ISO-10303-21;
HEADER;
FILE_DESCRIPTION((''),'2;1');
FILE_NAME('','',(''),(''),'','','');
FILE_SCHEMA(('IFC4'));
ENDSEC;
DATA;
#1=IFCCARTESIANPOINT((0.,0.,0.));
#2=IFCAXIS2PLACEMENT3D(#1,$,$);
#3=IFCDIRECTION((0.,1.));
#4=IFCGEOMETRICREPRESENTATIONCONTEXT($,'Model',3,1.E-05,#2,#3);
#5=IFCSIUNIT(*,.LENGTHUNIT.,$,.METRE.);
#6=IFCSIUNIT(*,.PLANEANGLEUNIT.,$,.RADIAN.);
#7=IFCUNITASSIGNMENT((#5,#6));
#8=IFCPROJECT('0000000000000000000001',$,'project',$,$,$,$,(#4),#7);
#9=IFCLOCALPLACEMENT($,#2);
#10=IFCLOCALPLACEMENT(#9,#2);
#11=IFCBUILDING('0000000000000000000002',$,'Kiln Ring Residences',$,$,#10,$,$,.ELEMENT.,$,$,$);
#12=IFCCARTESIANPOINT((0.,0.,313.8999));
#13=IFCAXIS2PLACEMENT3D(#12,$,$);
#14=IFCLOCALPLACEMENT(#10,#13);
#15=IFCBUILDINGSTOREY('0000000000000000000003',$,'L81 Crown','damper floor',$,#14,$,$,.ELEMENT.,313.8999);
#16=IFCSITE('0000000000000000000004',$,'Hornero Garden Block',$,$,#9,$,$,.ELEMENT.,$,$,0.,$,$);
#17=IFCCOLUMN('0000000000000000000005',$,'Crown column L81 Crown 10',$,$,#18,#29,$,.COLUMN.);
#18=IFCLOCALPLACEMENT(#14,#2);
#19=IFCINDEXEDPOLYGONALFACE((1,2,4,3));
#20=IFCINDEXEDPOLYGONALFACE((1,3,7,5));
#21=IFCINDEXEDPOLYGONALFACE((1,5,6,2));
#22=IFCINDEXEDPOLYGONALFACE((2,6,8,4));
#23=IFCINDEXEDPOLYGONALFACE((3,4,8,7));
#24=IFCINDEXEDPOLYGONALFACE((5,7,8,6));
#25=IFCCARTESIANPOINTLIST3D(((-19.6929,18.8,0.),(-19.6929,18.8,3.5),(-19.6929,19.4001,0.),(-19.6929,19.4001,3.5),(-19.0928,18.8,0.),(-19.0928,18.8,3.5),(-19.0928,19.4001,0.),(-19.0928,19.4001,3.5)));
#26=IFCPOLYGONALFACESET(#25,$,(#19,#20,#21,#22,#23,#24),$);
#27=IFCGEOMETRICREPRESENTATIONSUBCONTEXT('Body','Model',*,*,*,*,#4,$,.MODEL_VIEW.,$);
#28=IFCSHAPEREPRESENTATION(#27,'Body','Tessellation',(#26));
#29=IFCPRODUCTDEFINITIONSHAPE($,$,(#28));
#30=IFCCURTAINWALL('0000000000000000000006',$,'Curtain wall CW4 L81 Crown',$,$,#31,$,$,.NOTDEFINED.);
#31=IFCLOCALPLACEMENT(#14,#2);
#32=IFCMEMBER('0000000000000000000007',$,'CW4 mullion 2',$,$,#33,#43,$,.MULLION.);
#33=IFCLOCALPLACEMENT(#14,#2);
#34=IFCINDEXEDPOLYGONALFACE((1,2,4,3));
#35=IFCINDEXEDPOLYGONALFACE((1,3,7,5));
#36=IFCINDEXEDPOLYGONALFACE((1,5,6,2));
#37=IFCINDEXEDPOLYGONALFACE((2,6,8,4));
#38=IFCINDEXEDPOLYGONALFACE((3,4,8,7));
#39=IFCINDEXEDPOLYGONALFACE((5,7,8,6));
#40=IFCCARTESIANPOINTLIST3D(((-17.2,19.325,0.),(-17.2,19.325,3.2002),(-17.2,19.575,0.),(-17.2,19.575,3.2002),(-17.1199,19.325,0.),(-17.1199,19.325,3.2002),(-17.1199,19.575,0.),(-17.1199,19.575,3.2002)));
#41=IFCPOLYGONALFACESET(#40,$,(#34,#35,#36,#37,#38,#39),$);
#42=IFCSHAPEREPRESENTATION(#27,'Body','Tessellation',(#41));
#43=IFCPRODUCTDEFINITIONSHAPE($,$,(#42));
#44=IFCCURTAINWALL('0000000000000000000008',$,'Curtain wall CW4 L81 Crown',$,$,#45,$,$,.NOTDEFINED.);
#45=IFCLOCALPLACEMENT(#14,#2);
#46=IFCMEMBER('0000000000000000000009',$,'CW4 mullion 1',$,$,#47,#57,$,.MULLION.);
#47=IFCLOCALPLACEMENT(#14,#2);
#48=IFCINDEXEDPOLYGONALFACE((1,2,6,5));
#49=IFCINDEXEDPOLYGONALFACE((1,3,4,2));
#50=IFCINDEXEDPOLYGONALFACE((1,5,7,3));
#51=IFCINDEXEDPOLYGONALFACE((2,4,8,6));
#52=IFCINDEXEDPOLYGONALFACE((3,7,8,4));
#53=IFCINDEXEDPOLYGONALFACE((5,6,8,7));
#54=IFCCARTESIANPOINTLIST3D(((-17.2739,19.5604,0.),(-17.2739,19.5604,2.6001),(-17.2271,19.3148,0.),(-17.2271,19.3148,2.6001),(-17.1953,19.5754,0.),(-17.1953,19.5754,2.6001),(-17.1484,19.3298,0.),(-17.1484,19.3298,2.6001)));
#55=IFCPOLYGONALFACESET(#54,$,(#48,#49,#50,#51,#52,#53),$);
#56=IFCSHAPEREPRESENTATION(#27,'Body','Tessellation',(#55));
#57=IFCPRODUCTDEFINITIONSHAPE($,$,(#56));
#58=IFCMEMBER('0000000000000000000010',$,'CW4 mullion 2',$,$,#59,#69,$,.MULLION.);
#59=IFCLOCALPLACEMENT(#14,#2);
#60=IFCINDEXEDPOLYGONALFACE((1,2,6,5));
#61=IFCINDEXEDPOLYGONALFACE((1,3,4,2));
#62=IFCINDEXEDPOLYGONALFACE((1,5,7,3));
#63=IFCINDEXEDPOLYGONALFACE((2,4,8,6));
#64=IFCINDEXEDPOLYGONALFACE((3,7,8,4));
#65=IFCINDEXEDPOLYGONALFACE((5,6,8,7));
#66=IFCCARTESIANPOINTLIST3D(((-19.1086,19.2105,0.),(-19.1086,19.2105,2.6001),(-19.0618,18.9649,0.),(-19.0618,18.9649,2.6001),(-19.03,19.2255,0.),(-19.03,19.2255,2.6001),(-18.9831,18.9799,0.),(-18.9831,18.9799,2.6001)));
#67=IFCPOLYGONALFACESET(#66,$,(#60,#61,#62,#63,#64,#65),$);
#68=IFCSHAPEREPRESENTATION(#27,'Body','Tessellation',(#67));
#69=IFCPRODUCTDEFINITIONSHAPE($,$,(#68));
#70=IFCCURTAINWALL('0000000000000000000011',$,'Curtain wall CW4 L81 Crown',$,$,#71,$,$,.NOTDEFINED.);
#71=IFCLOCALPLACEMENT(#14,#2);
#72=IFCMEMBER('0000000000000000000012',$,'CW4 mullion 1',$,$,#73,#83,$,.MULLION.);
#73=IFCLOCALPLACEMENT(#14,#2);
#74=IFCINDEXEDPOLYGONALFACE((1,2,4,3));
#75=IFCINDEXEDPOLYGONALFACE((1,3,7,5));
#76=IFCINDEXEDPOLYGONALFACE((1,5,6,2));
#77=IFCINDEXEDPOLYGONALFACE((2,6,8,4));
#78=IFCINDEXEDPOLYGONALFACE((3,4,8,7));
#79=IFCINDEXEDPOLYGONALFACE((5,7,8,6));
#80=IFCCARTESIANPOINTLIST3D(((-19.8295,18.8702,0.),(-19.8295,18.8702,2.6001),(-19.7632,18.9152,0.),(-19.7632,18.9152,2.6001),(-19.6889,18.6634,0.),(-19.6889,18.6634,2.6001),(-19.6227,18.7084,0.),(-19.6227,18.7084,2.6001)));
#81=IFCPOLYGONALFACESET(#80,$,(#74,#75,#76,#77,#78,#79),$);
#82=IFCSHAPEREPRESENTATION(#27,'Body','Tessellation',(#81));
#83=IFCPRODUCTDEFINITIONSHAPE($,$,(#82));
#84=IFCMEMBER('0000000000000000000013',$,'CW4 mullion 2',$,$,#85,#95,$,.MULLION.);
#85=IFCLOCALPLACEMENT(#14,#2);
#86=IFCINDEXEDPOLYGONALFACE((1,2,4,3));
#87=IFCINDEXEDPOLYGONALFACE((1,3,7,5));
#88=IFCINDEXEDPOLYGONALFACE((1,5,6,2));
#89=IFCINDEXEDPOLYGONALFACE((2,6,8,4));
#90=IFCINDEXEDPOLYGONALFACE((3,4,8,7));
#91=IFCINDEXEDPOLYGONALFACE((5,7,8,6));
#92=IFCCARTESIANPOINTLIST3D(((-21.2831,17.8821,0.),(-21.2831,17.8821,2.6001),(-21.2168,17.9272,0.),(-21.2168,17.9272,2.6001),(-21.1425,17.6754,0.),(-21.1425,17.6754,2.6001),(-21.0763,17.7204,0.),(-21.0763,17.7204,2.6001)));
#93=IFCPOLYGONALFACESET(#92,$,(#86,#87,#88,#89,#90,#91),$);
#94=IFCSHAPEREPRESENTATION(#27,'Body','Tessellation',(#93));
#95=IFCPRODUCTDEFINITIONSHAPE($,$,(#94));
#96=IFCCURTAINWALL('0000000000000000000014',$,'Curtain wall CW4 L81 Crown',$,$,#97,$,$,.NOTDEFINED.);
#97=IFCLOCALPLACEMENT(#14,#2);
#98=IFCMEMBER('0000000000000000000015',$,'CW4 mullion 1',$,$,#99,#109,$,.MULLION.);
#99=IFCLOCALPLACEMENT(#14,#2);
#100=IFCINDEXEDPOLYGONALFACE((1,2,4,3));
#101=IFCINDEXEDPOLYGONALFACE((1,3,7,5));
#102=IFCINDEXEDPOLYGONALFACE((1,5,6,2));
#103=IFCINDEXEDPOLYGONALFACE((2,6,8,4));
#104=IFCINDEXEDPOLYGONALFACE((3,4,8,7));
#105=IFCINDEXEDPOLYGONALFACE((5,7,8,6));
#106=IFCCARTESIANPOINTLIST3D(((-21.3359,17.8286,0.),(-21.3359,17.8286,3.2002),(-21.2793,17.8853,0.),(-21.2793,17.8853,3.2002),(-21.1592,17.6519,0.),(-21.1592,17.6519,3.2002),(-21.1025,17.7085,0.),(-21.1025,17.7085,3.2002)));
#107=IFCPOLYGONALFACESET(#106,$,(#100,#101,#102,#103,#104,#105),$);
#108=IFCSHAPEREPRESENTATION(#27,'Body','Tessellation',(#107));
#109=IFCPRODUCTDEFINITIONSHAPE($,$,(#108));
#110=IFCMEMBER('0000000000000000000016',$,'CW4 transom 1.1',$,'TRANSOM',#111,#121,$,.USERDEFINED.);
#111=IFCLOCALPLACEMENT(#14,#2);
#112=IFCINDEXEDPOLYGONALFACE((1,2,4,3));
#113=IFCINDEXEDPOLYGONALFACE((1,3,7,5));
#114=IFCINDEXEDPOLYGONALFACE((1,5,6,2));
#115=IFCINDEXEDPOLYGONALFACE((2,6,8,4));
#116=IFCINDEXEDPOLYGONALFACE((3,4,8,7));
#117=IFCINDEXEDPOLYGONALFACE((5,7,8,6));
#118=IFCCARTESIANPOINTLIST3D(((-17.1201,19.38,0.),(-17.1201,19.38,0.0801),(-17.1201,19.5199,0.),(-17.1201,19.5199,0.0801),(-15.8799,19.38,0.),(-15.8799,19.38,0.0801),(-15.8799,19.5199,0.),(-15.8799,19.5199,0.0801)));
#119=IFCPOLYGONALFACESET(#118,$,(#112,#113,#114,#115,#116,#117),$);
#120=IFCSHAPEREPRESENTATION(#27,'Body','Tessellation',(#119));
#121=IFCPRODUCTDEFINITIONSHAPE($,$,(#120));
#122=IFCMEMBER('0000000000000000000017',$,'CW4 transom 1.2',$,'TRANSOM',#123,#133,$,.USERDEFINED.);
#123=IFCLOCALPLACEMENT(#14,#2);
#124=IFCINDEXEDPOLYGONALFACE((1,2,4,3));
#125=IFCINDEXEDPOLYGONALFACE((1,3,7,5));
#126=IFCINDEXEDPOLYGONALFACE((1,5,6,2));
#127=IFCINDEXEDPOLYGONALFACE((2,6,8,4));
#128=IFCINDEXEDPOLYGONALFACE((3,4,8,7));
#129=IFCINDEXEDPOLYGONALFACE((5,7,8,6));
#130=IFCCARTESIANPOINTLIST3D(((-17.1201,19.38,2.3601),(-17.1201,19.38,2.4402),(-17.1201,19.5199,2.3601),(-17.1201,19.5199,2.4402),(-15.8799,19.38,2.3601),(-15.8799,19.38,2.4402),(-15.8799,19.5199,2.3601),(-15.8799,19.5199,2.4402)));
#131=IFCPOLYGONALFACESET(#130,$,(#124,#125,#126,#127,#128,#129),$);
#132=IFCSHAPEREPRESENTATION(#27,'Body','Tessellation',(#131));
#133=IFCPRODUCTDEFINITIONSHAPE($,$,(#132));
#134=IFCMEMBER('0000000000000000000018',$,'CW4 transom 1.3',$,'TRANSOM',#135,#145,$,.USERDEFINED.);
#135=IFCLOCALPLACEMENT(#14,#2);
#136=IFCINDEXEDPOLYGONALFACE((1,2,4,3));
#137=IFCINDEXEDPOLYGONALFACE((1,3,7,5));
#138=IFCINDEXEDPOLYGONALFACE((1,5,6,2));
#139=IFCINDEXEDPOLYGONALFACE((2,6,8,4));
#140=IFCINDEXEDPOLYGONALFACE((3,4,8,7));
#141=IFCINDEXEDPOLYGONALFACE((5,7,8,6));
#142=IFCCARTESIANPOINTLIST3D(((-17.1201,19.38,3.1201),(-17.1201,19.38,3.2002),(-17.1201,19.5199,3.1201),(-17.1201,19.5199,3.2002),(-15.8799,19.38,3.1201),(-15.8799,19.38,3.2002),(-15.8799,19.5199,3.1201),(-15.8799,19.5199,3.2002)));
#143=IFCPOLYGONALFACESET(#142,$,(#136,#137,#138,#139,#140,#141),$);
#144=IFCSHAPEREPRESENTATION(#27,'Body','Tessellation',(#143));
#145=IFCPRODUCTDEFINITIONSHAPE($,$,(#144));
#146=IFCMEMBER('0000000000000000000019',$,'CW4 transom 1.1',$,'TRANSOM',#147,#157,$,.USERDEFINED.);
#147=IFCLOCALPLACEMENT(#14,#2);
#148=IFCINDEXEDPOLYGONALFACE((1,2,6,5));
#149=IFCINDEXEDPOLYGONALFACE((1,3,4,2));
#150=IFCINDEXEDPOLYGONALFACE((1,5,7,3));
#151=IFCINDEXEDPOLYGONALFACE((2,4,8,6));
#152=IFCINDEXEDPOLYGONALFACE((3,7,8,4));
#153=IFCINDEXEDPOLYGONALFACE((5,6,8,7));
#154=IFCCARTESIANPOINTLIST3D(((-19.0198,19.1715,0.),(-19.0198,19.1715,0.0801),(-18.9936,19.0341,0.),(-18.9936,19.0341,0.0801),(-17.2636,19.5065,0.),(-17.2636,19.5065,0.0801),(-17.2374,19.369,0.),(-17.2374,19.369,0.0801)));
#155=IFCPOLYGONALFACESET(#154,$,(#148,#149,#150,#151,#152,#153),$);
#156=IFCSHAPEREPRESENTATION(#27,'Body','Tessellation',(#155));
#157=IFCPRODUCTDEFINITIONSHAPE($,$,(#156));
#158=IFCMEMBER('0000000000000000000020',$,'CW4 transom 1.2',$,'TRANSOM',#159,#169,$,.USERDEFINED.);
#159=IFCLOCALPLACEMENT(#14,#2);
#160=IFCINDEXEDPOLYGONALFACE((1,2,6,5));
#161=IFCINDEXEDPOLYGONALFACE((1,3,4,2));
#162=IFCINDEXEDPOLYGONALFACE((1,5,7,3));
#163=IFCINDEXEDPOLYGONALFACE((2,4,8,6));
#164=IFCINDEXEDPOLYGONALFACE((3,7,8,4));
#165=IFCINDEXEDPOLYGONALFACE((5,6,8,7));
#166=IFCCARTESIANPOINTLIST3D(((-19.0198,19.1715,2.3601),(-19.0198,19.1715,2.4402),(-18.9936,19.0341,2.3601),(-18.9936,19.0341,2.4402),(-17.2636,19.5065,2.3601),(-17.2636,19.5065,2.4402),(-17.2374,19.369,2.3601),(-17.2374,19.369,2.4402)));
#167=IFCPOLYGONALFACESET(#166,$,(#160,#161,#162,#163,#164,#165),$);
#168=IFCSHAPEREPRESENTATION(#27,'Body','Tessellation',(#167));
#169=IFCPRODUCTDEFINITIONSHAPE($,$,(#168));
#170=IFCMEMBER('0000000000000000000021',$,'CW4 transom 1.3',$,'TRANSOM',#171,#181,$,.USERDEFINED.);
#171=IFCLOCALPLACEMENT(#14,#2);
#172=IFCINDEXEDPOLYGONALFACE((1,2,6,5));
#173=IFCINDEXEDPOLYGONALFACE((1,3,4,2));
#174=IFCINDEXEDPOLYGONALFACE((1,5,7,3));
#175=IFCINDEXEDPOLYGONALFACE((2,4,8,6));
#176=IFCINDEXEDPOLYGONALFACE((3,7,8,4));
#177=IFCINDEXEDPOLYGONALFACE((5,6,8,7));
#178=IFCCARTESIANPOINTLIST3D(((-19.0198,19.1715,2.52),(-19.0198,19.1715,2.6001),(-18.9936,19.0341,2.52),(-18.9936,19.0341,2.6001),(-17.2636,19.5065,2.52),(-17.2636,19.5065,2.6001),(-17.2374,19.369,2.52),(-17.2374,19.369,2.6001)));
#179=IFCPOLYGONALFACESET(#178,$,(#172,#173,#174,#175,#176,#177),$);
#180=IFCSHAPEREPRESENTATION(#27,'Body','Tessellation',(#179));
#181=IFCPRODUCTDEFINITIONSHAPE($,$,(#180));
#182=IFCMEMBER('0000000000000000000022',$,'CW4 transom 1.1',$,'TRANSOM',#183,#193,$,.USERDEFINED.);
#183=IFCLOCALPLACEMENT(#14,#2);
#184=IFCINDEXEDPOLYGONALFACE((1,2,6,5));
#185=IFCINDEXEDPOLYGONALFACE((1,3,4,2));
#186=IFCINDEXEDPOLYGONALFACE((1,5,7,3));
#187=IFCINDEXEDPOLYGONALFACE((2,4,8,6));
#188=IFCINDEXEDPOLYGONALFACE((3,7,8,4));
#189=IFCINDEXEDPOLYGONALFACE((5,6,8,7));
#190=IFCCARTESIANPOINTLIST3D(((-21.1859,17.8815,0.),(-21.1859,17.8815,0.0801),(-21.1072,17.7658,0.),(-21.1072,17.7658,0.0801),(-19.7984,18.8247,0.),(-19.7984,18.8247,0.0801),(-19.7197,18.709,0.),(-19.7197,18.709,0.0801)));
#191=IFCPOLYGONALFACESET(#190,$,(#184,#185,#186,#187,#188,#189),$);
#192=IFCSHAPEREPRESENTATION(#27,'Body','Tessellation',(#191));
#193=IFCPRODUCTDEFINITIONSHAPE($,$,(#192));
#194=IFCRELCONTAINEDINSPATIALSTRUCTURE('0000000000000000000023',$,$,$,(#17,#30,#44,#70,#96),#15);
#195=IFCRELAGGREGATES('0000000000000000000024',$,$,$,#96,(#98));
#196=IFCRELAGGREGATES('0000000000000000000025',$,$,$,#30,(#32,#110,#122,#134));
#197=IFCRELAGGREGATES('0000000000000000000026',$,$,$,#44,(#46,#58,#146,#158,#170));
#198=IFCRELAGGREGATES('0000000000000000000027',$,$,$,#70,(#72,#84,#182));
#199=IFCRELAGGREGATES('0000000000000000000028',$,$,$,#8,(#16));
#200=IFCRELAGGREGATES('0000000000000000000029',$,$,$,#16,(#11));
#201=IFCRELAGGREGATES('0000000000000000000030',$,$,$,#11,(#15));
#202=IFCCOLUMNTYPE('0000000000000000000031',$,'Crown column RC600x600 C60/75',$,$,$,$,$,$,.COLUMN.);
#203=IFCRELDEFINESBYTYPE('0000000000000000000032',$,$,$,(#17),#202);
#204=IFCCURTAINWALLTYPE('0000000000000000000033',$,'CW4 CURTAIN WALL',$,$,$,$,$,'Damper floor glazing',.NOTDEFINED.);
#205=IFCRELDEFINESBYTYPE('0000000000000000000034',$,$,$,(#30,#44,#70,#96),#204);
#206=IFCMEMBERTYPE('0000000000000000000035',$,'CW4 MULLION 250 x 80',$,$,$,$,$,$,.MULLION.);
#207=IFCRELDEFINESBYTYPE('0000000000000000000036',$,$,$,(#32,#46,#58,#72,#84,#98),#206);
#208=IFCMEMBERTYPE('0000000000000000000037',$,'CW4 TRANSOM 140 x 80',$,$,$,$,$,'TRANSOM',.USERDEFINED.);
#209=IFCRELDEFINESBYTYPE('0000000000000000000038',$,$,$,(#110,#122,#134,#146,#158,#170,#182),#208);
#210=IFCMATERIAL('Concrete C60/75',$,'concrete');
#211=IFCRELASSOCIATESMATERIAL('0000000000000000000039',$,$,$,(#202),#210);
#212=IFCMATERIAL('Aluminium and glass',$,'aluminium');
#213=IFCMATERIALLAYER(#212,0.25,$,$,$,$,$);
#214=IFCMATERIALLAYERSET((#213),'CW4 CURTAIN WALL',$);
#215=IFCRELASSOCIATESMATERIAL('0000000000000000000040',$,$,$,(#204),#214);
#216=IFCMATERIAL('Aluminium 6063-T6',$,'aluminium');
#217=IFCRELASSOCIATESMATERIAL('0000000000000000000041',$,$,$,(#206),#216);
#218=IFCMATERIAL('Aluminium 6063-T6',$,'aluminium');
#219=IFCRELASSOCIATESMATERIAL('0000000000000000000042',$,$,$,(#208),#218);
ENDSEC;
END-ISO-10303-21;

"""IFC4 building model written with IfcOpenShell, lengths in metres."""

from ifc_helpers import new_model, si_unit, direction, frame, origin, origin_2d, place, context, subcontext, project, spatial, rectangle, extrude, material, layer, layer_set, material_profile, profile_set, type_object, element, aggregate, save


model = new_model("IFC4")

# Units and contexts
model_context = context("Model", 3, precision=1e-05, world=origin(), true_north=direction((0.0, 1.0)))
body_context = subcontext(model_context, "Body", "Model", "MODEL_VIEW")
ifc_project = project(units=[si_unit("LENGTHUNIT", "METRE"), si_unit("PLANEANGLEUNIT", "RADIAN")], contexts=[model_context])

# Site, building, storey
site_placement = place(None, origin())
site = spatial("IfcSite", under=ifc_project, at=site_placement, Name="Hornero Garden Block", CompositionType="ELEMENT", RefElevation=0.0)
building_placement = place(site_placement, origin())
building = spatial("IfcBuilding", under=site, at=building_placement, Name="Kiln Ring Residences", CompositionType="ELEMENT")
storey_placement = place(building_placement, frame((0.0, 0.0, 313.8999)))
storey = spatial("IfcBuildingStorey", under=building, at=storey_placement, Name="L81 Crown", Description="damper floor", CompositionType="ELEMENT", Elevation=313.8999)

# Column
ifc_material_1 = material(Name="Concrete C60/75", Category="concrete")
ifc_material_profile_1 = material_profile(ifc_material_1, rectangle(XDim=0.6001, YDim=0.6001, at=origin_2d()), Name="RC600x600")
ifc_profile_set_1 = profile_set([ifc_material_profile_1], Name="Concrete C60/75")
column_type = type_object("IfcColumnType", Name="Crown column RC600x600 C60/75", PredefinedType="COLUMN", material=ifc_profile_set_1)
column_placement = place(storey_placement, frame((-19.3928, 19.1001, 0.0), z_axis=(0.0, 0.0, 1.0), x_axis=(1.0, 0.0, 0.0)))
element("IfcColumn", 1, at=column_placement, inside=storey, type_object=column_type, Name="Crown column L81 Crown 10", PredefinedType="COLUMN", context=body_context, shape_type="SweptSolid", body=[
    extrude(rectangle(XDim=0.6001, YDim=0.6001, at=origin_2d()), origin(), (0.0, 0.0, 1.0), 3.5),
])

# Curtain wall, member
ifc_material_2 = material(Name="Aluminium and glass", Category="aluminium")
ifc_layer_1 = layer(ifc_material_2, 0.25)
ifc_layer_set_1 = layer_set([ifc_layer_1], Name="CW4 CURTAIN WALL")
curtain_wall_type = type_object("IfcCurtainWallType", Name="CW4 CURTAIN WALL", ElementType="Damper floor glazing", PredefinedType="NOTDEFINED", material=ifc_layer_set_1)
placement = place(storey_placement, origin())
curtain_wall_1 = element("IfcCurtainWall", 2, at=placement, inside=storey, type_object=curtain_wall_type, Name="Curtain wall CW4 L81 Crown", PredefinedType="NOTDEFINED")
ifc_material_3 = material(Name="Aluminium 6063-T6", Category="aluminium")
ifc_material_profile_2 = material_profile(ifc_material_3, rectangle(XDim=0.25, YDim=0.0801, at=origin_2d()), Name="AL 250x80")
ifc_profile_set_2 = profile_set([ifc_material_profile_2], Name="Aluminium 6063-T6")
member_type_1 = type_object("IfcMemberType", Name="CW4 MULLION 250 x 80", PredefinedType="MULLION", material=ifc_profile_set_2)
member_1_placement = place(storey_placement, frame((-17.1599, 19.45, 0.0), z_axis=(0.0, 0.0, 1.0), x_axis=(0.0, -1.0, 0.0)))
member_1 = element("IfcMember", 3, at=member_1_placement, type_object=member_type_1, Name="CW4 mullion 2", PredefinedType="MULLION", context=body_context, shape_type="SweptSolid", body=[
    extrude(rectangle(XDim=0.25, YDim=0.0801, at=origin_2d()), origin(), (0.0, 0.0, 1.0), 3.2002),
])

# Curtain walls, members
curtain_wall_2 = element("IfcCurtainWall", 4, at=placement, inside=storey, type_object=curtain_wall_type, Name="Curtain wall CW4 L81 Crown", PredefinedType="NOTDEFINED")
member_2_placement = place(storey_placement, frame((-17.2112, 19.4451, 0.0), z_axis=(0.0, 0.0, 1.0), x_axis=(0.187366, -0.98229, 0.0)))
member_2 = element("IfcMember", 5, at=member_2_placement, type_object=member_type_1, Name="CW4 mullion 1", PredefinedType="MULLION", context=body_context, shape_type="SweptSolid", body=[
    extrude(rectangle(XDim=0.25, YDim=0.0801, at=origin_2d()), origin(), (0.0, 0.0, 1.0), 2.6001),
])
member_3_placement = place(storey_placement, frame((-19.0459, 19.0952, 0.0), z_axis=(0.0, 0.0, 1.0), x_axis=(0.187366, -0.98229, 0.0)))
member_3 = element("IfcMember", 6, at=member_3_placement, type_object=member_type_1, Name="CW4 mullion 2", PredefinedType="MULLION", context=body_context, shape_type="SweptSolid", body=[
    extrude(rectangle(XDim=0.25, YDim=0.0801, at=origin_2d()), origin(), (0.0, 0.0, 1.0), 2.6001),
])
curtain_wall_3 = element("IfcCurtainWall", 7, at=placement, inside=storey, type_object=curtain_wall_type, Name="Curtain wall CW4 L81 Crown", PredefinedType="NOTDEFINED")
member_4_placement = place(storey_placement, frame((-19.7261, 18.7893, 0.0), z_axis=(0.0, 0.0, 1.0), x_axis=(0.562097, -0.827072, 0.0)))
member_4 = element("IfcMember", 8, at=member_4_placement, type_object=member_type_1, Name="CW4 mullion 1", PredefinedType="MULLION", context=body_context, shape_type="SweptSolid", body=[
    extrude(rectangle(XDim=0.25, YDim=0.0801, at=origin_2d()), origin(), (0.0, 0.0, 1.0), 2.6001),
])
member_5_placement = place(storey_placement, frame((-21.1797, 17.8013, 0.0), z_axis=(0.0, 0.0, 1.0), x_axis=(0.562097, -0.827072, 0.0)))
member_5 = element("IfcMember", 9, at=member_5_placement, type_object=member_type_1, Name="CW4 mullion 2", PredefinedType="MULLION", context=body_context, shape_type="SweptSolid", body=[
    extrude(rectangle(XDim=0.25, YDim=0.0801, at=origin_2d()), origin(), (0.0, 0.0, 1.0), 2.6001),
])

# Curtain wall, member
curtain_wall_4 = element("IfcCurtainWall", 10, at=placement, inside=storey, type_object=curtain_wall_type, Name="Curtain wall CW4 L81 Crown", PredefinedType="NOTDEFINED")
member_6_placement = place(storey_placement, frame((-21.2192, 17.7686, 0.0), z_axis=(0.0, 0.0, 1.0), x_axis=(0.707107, -0.707107, 0.0)))
member_6 = element("IfcMember", 11, at=member_6_placement, type_object=member_type_1, Name="CW4 mullion 1", PredefinedType="MULLION", context=body_context, shape_type="SweptSolid", body=[
    extrude(rectangle(XDim=0.25, YDim=0.0801, at=origin_2d()), origin(), (0.0, 0.0, 1.0), 3.2002),
])

# Members
ifc_material_4 = material(Name="Aluminium 6063-T6", Category="aluminium")
ifc_material_profile_3 = material_profile(ifc_material_4, rectangle(XDim=0.1399, YDim=0.0801, at=origin_2d()), Name="AL 140x80")
ifc_profile_set_3 = profile_set([ifc_material_profile_3], Name="Aluminium 6063-T6")
member_type_2 = type_object("IfcMemberType", Name="CW4 TRANSOM 140 x 80", ElementType="TRANSOM", PredefinedType="USERDEFINED", material=ifc_profile_set_3)
member_7_placement = place(storey_placement, frame((-15.8799, 19.45, 0.04), z_axis=(-1.0, 0.0, 0.0), x_axis=(0.0, -1.0, 0.0)))
member_7 = element("IfcMember", 12, at=member_7_placement, type_object=member_type_2, Name="CW4 transom 1.1", ObjectType="TRANSOM", PredefinedType="USERDEFINED", context=body_context, shape_type="SweptSolid", body=[
    extrude(rectangle(XDim=0.1399, YDim=0.0801, at=origin_2d()), origin(), (0.0, 0.0, 1.0), 1.2402),
])
member_8_placement = place(storey_placement, frame((-15.8799, 19.45, 2.4001), z_axis=(-1.0, 0.0, 0.0), x_axis=(0.0, -1.0, 0.0)))
member_8 = element("IfcMember", 13, at=member_8_placement, type_object=member_type_2, Name="CW4 transom 1.2", ObjectType="TRANSOM", PredefinedType="USERDEFINED", context=body_context, shape_type="SweptSolid", body=[
    extrude(rectangle(XDim=0.1399, YDim=0.0801, at=origin_2d()), origin(), (0.0, 0.0, 1.0), 1.2402),
])
member_9_placement = place(storey_placement, frame((-15.8799, 19.45, 3.1602), z_axis=(-1.0, 0.0, 0.0), x_axis=(0.0, -1.0, 0.0)))
member_9 = element("IfcMember", 14, at=member_9_placement, type_object=member_type_2, Name="CW4 transom 1.3", ObjectType="TRANSOM", PredefinedType="USERDEFINED", context=body_context, shape_type="SweptSolid", body=[
    extrude(rectangle(XDim=0.1399, YDim=0.0801, at=origin_2d()), origin(), (0.0, 0.0, 1.0), 1.2402),
])
member_10_placement = place(storey_placement, frame((-17.2505, 19.4377, 0.04), z_axis=(-0.982291, -0.187363, 0.0), x_axis=(0.187363, -0.982291, 0.0)))
member_10 = element("IfcMember", 15, at=member_10_placement, type_object=member_type_2, Name="CW4 transom 1.1", ObjectType="TRANSOM", PredefinedType="USERDEFINED", context=body_context, shape_type="SweptSolid", body=[
    extrude(rectangle(XDim=0.1399, YDim=0.0801, at=origin_2d()), origin(), (0.0, 0.0, 1.0), 1.7878),
])
member_11_placement = place(storey_placement, frame((-17.2505, 19.4377, 2.4001), z_axis=(-0.982291, -0.187363, 0.0), x_axis=(0.187363, -0.982291, 0.0)))
member_11 = element("IfcMember", 16, at=member_11_placement, type_object=member_type_2, Name="CW4 transom 1.2", ObjectType="TRANSOM", PredefinedType="USERDEFINED", context=body_context, shape_type="SweptSolid", body=[
    extrude(rectangle(XDim=0.1399, YDim=0.0801, at=origin_2d()), origin(), (0.0, 0.0, 1.0), 1.7878),
])
member_12_placement = place(storey_placement, frame((-17.2505, 19.4377, 2.5601), z_axis=(-0.982291, -0.187363, 0.0), x_axis=(0.187363, -0.982291, 0.0)))
member_12 = element("IfcMember", 17, at=member_12_placement, type_object=member_type_2, Name="CW4 transom 1.3", ObjectType="TRANSOM", PredefinedType="USERDEFINED", context=body_context, shape_type="SweptSolid", body=[
    extrude(rectangle(XDim=0.1399, YDim=0.0801, at=origin_2d()), origin(), (0.0, 0.0, 1.0), 1.7878),
])
member_13_placement = place(storey_placement, frame((-19.759, 18.7668, 0.04), z_axis=(-0.827024, -0.562167, 0.0), x_axis=(0.562167, -0.827024, 0.0)))
member_13 = element("IfcMember", 18, at=member_13_placement, type_object=member_type_2, Name="CW4 transom 1.1", ObjectType="TRANSOM", PredefinedType="USERDEFINED", context=body_context, shape_type="SweptSolid", body=[
    extrude(rectangle(XDim=0.1399, YDim=0.0801, at=origin_2d()), origin(), (0.0, 0.0, 1.0), 1.6777),
])
aggregate(curtain_wall_4, [member_6])

aggregate(curtain_wall_1, [member_1, member_7, member_8, member_9])
aggregate(curtain_wall_2, [member_2, member_3, member_10, member_11, member_12])
aggregate(curtain_wall_3, [member_4, member_5, member_13])

save(model, "model.ifc")
